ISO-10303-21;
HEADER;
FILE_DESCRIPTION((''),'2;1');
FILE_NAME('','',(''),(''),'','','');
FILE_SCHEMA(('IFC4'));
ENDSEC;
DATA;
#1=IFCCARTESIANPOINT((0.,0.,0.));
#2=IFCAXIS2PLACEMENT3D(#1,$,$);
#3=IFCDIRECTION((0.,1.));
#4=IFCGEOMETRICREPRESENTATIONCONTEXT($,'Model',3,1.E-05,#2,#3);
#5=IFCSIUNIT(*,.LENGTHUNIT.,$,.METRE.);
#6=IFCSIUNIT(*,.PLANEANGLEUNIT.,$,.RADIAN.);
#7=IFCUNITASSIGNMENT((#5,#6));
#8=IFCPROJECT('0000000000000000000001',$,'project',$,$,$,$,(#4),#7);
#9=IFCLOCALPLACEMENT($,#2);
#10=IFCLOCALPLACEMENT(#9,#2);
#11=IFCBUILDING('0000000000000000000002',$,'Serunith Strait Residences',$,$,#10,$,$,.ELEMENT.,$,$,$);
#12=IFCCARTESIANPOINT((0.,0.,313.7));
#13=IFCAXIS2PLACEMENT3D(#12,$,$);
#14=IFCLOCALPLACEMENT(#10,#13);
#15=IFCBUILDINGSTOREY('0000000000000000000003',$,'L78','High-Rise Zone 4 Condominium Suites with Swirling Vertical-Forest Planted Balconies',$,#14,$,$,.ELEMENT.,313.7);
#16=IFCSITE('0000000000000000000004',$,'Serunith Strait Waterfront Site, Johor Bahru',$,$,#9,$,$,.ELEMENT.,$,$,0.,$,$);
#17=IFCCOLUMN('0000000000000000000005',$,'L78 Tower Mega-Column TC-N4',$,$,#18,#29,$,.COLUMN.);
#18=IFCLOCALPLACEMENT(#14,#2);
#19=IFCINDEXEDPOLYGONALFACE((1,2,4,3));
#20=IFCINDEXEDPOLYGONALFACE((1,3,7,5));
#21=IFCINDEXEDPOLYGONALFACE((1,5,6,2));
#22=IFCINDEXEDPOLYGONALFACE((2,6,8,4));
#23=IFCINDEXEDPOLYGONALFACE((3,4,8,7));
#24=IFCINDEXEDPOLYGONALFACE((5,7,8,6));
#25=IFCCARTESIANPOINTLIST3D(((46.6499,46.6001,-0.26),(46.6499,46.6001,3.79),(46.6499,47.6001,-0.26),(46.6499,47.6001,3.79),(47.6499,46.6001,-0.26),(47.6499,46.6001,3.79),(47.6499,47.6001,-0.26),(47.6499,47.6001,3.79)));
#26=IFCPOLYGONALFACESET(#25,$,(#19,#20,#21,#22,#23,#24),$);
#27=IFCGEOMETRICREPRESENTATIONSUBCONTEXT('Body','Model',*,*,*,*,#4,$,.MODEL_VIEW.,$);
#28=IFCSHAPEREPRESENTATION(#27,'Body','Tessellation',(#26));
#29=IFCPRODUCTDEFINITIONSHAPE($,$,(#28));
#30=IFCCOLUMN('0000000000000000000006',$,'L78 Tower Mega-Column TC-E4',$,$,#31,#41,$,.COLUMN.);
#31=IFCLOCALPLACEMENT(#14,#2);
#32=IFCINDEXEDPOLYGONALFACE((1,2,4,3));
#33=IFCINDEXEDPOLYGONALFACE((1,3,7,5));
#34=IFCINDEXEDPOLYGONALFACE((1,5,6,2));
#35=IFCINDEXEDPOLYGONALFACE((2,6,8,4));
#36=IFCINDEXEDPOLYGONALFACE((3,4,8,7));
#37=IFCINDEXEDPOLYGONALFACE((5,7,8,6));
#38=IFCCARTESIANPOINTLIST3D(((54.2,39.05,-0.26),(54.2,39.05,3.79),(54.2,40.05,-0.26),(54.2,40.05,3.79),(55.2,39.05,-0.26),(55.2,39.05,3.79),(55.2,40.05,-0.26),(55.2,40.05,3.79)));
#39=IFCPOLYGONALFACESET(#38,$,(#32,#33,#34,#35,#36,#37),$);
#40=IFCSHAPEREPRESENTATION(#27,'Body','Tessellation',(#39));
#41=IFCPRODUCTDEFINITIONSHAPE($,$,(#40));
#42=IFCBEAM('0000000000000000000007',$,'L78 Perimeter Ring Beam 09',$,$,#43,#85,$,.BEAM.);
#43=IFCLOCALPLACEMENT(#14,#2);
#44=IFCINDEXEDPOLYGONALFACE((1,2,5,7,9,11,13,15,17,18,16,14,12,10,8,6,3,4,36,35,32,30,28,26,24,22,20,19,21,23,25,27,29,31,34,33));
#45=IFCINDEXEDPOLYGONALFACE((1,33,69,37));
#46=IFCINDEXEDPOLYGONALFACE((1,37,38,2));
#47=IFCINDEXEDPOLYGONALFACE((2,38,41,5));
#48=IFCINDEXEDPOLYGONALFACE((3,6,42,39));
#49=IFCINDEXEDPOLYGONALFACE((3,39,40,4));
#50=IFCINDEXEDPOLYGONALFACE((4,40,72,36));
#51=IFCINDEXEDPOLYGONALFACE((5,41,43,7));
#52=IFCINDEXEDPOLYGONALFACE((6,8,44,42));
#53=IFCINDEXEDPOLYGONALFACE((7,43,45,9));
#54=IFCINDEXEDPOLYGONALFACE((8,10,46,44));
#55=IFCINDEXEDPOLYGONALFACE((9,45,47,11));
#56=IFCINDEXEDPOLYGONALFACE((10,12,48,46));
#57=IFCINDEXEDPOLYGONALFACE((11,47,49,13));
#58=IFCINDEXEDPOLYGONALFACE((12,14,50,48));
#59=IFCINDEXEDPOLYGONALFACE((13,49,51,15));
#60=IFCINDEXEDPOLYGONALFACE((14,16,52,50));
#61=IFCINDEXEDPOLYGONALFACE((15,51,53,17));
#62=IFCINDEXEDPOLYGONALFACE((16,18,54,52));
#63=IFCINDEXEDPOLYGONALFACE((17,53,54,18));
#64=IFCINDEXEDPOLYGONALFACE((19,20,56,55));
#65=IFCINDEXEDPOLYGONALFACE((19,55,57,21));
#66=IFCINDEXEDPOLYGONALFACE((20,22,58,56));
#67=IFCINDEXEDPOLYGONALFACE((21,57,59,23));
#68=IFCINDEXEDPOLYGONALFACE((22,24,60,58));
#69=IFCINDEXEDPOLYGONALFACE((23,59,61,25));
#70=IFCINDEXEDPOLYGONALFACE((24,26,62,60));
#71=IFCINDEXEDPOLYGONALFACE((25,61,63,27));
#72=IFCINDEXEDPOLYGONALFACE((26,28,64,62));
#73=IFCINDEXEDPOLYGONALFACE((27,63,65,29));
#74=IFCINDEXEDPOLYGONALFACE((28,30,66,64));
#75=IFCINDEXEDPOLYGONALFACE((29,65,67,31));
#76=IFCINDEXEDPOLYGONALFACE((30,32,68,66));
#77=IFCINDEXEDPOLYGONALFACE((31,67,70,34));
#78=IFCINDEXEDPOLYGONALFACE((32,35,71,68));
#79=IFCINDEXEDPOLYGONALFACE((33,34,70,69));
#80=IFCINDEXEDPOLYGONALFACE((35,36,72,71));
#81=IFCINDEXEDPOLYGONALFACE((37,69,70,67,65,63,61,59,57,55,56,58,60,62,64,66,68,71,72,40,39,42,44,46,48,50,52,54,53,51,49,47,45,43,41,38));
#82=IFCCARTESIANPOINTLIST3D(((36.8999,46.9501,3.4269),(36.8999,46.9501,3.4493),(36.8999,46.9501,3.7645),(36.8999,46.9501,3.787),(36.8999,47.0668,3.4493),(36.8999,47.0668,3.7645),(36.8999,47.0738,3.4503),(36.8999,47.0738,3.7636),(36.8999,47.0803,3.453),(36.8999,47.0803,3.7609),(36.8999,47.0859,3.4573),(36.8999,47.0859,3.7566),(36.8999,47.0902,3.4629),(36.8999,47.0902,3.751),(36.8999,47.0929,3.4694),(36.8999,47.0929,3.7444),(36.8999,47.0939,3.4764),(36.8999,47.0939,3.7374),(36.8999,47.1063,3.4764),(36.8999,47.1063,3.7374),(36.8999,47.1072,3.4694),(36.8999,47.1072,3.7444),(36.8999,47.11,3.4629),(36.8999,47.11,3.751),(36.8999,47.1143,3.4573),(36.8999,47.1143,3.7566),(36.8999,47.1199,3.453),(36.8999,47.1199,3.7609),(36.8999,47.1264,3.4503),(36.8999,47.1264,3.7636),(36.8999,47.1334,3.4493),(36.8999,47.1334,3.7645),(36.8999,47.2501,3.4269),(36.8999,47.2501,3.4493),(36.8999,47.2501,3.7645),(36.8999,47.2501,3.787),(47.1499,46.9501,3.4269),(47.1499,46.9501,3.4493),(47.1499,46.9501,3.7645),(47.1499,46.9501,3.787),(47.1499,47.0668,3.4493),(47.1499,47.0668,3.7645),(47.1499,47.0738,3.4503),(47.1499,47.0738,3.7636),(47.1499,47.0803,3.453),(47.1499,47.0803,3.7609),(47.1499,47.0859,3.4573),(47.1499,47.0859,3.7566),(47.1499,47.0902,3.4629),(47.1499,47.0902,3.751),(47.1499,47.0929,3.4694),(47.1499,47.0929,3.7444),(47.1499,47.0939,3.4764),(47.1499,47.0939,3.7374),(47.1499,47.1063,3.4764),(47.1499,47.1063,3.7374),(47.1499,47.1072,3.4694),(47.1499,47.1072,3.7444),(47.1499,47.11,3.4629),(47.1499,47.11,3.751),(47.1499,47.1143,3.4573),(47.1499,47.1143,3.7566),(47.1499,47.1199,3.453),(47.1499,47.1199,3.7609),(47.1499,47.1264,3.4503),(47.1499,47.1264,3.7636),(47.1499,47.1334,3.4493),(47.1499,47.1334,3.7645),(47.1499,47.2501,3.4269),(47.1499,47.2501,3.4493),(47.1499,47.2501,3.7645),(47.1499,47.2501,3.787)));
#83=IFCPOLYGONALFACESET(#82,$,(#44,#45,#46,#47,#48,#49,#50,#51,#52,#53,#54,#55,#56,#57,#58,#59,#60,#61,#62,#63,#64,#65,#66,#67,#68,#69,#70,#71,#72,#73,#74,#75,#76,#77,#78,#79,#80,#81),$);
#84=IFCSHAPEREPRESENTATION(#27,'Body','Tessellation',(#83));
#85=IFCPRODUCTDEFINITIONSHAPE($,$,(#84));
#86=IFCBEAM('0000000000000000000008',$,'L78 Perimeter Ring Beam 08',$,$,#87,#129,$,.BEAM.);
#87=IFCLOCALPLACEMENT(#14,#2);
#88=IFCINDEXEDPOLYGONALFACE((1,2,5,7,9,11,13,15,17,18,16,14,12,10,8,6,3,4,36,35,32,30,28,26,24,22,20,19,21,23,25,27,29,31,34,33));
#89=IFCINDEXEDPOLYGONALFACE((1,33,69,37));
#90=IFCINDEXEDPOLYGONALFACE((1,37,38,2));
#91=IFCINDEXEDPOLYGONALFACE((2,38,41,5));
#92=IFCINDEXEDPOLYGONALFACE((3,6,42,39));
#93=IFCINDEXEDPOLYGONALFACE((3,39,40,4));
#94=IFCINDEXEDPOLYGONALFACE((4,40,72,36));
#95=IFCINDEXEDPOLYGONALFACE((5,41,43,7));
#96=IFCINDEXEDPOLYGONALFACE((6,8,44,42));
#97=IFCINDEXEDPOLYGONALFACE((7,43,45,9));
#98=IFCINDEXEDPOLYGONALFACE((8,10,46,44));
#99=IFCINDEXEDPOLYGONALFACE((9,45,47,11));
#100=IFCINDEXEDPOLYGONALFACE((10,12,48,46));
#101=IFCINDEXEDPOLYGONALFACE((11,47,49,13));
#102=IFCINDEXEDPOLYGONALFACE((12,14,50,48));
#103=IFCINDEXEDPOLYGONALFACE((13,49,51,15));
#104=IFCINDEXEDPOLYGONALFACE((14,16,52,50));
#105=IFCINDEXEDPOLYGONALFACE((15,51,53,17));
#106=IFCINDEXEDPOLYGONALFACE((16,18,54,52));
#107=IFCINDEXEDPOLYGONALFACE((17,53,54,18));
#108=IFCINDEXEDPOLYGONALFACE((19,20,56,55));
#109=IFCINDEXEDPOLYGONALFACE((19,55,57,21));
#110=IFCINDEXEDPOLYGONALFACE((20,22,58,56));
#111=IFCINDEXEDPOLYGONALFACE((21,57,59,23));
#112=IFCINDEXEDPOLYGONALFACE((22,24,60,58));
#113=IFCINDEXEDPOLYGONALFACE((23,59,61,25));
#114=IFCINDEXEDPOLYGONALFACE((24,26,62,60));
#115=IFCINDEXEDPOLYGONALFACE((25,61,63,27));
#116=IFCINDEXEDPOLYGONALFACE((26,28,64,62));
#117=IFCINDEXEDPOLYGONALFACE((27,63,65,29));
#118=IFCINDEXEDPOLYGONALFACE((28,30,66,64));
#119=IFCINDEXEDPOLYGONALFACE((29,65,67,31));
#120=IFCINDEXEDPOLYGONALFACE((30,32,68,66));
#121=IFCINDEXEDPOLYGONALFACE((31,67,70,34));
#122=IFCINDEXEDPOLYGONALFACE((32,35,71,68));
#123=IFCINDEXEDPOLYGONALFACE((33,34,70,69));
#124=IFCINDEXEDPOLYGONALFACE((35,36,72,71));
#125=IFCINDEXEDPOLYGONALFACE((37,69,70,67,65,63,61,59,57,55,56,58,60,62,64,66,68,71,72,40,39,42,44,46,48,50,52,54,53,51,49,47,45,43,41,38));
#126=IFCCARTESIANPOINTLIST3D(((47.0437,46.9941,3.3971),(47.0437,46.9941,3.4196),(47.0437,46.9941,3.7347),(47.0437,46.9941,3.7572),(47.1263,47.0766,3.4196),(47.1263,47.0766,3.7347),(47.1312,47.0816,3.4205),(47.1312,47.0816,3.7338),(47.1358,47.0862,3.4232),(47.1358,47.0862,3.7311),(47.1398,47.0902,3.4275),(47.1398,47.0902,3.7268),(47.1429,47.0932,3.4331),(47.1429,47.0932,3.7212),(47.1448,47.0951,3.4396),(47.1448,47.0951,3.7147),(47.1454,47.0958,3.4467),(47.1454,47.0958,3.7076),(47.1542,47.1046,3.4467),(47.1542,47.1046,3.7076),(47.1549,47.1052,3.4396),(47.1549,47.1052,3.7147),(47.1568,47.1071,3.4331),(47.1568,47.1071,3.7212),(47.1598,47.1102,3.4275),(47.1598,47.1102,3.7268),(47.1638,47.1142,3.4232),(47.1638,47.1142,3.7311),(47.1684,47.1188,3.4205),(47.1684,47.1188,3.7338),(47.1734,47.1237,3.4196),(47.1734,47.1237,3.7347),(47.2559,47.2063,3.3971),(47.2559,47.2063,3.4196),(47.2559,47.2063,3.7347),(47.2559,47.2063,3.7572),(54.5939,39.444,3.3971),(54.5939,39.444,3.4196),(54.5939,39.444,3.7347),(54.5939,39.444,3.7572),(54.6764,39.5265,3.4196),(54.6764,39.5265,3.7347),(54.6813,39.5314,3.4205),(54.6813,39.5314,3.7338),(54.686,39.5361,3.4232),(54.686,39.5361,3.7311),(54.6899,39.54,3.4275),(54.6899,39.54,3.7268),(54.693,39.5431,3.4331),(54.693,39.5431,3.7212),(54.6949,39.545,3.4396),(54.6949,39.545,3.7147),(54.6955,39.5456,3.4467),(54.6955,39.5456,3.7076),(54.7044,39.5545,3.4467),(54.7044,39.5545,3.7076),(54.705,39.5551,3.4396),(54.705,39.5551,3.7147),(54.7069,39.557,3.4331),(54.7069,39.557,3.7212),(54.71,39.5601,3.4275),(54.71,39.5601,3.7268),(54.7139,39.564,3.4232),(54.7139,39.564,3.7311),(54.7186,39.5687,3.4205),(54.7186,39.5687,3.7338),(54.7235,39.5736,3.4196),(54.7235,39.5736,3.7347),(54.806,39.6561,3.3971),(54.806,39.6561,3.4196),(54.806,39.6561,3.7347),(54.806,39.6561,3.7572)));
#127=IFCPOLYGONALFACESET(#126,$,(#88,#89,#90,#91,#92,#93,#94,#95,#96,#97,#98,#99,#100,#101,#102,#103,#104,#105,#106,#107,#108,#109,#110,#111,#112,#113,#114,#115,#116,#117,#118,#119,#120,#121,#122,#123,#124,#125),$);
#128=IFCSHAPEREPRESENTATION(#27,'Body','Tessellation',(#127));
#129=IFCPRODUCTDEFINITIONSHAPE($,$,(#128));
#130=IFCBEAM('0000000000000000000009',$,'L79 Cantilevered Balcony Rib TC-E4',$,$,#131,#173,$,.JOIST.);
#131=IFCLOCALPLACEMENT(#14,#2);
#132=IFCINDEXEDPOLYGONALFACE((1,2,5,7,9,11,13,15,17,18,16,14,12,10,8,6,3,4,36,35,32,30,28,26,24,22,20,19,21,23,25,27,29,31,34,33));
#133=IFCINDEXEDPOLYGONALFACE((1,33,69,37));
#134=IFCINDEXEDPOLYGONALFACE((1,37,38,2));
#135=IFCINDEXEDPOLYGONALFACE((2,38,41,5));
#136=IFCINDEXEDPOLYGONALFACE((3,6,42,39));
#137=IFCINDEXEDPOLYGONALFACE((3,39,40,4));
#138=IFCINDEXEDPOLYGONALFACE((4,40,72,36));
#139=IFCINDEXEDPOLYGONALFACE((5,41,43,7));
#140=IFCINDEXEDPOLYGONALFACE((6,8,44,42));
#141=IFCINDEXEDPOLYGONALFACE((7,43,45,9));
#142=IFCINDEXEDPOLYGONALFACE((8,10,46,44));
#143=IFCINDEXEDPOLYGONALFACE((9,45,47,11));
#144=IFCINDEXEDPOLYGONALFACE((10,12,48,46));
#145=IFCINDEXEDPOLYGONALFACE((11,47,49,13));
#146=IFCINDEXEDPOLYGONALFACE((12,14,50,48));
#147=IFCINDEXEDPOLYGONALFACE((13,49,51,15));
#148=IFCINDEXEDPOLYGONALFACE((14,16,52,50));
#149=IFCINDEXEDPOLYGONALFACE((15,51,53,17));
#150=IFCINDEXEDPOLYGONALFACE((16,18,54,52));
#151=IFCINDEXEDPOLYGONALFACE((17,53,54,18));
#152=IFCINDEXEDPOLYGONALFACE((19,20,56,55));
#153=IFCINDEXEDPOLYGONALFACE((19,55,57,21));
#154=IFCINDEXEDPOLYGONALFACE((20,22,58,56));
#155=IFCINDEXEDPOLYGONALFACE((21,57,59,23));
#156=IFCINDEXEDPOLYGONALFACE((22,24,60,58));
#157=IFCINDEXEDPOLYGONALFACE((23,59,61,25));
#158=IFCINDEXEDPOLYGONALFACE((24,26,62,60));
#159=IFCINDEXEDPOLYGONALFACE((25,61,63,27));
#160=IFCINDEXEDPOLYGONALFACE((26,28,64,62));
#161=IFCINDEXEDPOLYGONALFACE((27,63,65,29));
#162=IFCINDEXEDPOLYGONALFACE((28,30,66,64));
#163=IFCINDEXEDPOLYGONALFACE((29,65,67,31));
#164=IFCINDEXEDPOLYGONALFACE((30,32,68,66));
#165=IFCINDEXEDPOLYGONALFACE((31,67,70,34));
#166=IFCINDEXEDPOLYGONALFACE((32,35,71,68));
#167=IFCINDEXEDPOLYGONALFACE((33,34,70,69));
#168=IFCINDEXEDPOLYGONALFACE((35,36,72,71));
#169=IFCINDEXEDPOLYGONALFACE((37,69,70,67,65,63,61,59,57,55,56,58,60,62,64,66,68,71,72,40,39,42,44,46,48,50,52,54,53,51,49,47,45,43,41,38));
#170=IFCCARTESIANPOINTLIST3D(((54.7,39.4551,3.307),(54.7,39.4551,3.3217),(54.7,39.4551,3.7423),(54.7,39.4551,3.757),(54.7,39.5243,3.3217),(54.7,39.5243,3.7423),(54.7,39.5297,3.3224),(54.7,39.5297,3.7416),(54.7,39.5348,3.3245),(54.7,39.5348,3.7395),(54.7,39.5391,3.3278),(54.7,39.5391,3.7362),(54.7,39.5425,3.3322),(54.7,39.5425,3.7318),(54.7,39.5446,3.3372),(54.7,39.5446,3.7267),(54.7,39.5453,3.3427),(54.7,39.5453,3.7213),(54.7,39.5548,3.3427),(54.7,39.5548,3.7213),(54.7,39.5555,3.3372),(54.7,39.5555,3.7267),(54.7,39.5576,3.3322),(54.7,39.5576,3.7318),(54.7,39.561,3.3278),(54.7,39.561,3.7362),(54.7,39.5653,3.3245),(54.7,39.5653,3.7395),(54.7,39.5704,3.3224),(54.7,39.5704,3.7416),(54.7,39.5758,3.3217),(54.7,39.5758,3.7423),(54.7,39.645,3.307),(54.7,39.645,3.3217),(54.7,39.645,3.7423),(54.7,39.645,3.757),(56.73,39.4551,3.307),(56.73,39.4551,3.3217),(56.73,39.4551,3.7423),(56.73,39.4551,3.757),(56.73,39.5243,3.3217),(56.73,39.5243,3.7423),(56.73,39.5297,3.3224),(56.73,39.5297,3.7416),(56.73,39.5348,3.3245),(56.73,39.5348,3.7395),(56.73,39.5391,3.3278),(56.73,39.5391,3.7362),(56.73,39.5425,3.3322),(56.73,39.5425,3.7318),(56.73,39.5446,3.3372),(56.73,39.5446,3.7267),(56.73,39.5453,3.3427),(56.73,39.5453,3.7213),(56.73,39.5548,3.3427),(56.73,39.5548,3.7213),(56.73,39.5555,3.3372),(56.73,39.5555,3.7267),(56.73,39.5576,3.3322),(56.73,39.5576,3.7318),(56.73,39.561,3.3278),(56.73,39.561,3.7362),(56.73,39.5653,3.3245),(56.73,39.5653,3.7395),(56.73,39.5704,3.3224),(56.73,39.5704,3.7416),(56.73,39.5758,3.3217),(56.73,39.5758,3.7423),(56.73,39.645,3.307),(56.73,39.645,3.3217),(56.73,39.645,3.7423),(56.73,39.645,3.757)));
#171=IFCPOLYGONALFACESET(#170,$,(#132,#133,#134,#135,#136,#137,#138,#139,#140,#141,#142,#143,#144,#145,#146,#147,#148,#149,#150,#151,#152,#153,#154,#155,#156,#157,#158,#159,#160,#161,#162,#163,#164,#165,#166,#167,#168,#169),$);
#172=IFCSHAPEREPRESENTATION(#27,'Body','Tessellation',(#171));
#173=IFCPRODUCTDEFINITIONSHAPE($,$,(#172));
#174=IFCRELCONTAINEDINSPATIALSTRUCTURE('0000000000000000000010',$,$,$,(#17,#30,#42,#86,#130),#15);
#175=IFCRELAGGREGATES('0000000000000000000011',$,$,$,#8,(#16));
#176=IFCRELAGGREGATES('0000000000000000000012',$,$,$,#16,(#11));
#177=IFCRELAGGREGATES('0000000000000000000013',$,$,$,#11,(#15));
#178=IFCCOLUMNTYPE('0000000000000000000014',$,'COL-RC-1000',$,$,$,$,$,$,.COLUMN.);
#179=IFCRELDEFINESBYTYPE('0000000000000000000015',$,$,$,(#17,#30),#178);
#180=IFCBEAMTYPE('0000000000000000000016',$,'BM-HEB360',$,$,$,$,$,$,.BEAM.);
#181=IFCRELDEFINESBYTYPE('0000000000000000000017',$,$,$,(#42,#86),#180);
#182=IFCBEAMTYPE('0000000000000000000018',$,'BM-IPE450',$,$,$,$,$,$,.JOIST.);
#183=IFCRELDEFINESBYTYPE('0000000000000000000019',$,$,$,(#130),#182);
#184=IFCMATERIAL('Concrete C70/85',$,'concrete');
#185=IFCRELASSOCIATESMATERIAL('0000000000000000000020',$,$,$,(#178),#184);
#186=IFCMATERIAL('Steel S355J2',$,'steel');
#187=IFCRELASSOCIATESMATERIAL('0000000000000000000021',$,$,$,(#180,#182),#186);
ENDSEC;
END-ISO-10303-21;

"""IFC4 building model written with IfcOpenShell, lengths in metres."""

from ifc_helpers import new_model, si_unit, direction, frame, origin, origin_2d, place, context, subcontext, project, spatial, rectangle, i_section, extrude, source, transform, mapped, material, material_profile, profile_set, type_object, element, save


model = new_model("IFC4")

# Units and contexts
model_context = context("Model", 3, precision=1e-05, world=origin(), true_north=direction((0.0, 1.0)))
body_context = subcontext(model_context, "Body", "Model", "MODEL_VIEW")
ifc_project = project(units=[si_unit("LENGTHUNIT", "METRE"), si_unit("PLANEANGLEUNIT", "RADIAN")], contexts=[model_context])

# Site, building, storey
site_placement = place(None, origin())
site = spatial("IfcSite", under=ifc_project, at=site_placement, Name="Serunith Strait Waterfront Site, Johor Bahru", CompositionType="ELEMENT", RefElevation=0.0)
building_placement = place(site_placement, origin())
building = spatial("IfcBuilding", under=site, at=building_placement, Name="Serunith Strait Residences", CompositionType="ELEMENT")
storey_placement = place(building_placement, frame((0.0, 0.0, 313.7)))
storey = spatial("IfcBuildingStorey", under=building, at=storey_placement, Name="L78", Description="High-Rise Zone 4 Condominium Suites with Swirling Vertical-Forest Planted Balconies", CompositionType="ELEMENT", Elevation=313.7)

# Columns
ifc_material_1 = material(Name="Concrete C70/85", Category="concrete")
ifc_material_profile_1 = material_profile(ifc_material_1, rectangle(XDim=1.0, YDim=1.0, at=origin_2d()), Name="RC 1000x1000")
ifc_profile_set_1 = profile_set([ifc_material_profile_1], Name="Concrete C70/85")
column_type = type_object("IfcColumnType", Name="COL-RC-1000", PredefinedType="COLUMN", material=ifc_profile_set_1)
shared_shape_1 = source(origin(), body_context, "Body", "SweptSolid", [
    extrude(rectangle(XDim=1.0, YDim=1.0, at=origin_2d()), origin(), (0.0, 0.0, 1.0), 4.05),
])
for number, where, z_axis, x_axis, name in (
    (1, (47.1499, 47.1001, -0.26), (0.0, 0.0, 1.0), (1.0, 0.0, 0.0), "L78 Tower Mega-Column TC-N4"),
    (2, (54.7, 39.55, -0.26), (0.0, 0.0, 1.0), (1.0, 0.0, 0.0), "L78 Tower Mega-Column TC-E4"),
):
    element("IfcColumn", number, at=place(storey_placement, frame(where, z_axis=z_axis, x_axis=x_axis)), inside=storey, type_object=column_type, Name=name, PredefinedType="COLUMN", context=body_context, shape_type="MappedRepresentation", body=[
        mapped(shared_shape_1, transform((0.0, 0.0, 0.0), scale=1.0)),
    ])

# Beams
ifc_material_2 = material(Name="Steel S355J2", Category="steel")
ifc_material_profile_2 = material_profile(ifc_material_2, i_section(OverallWidth=0.3, OverallDepth=0.3601, WebThickness=0.0125, FlangeThickness=0.0225, FilletRadius=0.0271, at=origin_2d()), Name="HEB 360")
ifc_profile_set_2 = profile_set([ifc_material_profile_2], Name="Steel S355J2")
beam_type_1 = type_object("IfcBeamType", Name="BM-HEB360", PredefinedType="BEAM", material=ifc_profile_set_2)
shared_shape_2 = source(origin(), body_context, "Body", "SweptSolid", [
    extrude(i_section(OverallWidth=0.3, OverallDepth=0.3601, WebThickness=0.0125, FlangeThickness=0.0225, FilletRadius=0.0271, at=origin_2d()), origin(), (0.0, 0.0, 1.0), 10.25),
])
beam_1_placement = place(storey_placement, frame((47.1499, 47.1001, 3.6069), z_axis=(-1.0, 0.0, 0.0), x_axis=(0.0, -1.0, 0.0)))
element("IfcBeam", 3, at=beam_1_placement, inside=storey, type_object=beam_type_1, Name="L78 Perimeter Ring Beam 09", PredefinedType="BEAM", context=body_context, shape_type="MappedRepresentation", body=[
    mapped(shared_shape_2, transform((0.0, 0.0, 0.0), scale=1.0)),
])
shared_shape_3 = source(origin(), body_context, "Body", "SweptSolid", [
    extrude(i_section(OverallWidth=0.3, OverallDepth=0.3601, WebThickness=0.0125, FlangeThickness=0.0225, FilletRadius=0.0271, at=origin_2d()), origin(), (0.0, 0.0, 1.0), 10.6775),
])
beam_2_placement = place(storey_placement, frame((54.7, 39.55, 3.5771), z_axis=(-0.707107, 0.707107, 0.0), x_axis=(-0.707107, -0.707107, 0.0)))
element("IfcBeam", 4, at=beam_2_placement, inside=storey, type_object=beam_type_1, Name="L78 Perimeter Ring Beam 08", PredefinedType="BEAM", context=body_context, shape_type="MappedRepresentation", body=[
    mapped(shared_shape_3, transform((0.0, 0.0, 0.0), scale=1.0)),
])
ifc_material_profile_3 = material_profile(ifc_material_2, i_section(OverallWidth=0.1899, OverallDepth=0.45, WebThickness=0.0095, FlangeThickness=0.0146, FilletRadius=0.021, at=origin_2d()), Name="IPE 450")
ifc_profile_set_3 = profile_set([ifc_material_profile_3], Name="Steel S355J2")
beam_type_2 = type_object("IfcBeamType", Name="BM-IPE450", PredefinedType="JOIST", material=ifc_profile_set_3)
shared_shape_4 = source(origin(), body_context, "Body", "SweptSolid", [
    extrude(i_section(OverallWidth=0.1899, OverallDepth=0.45, WebThickness=0.0095, FlangeThickness=0.0146, FilletRadius=0.021, at=origin_2d()), origin(), (0.0, 0.0, 1.0), 2.03),
])
beam_3_placement = place(storey_placement, frame((54.7, 39.55, 3.532), z_axis=(1.0, 0.0, 0.0), x_axis=(0.0, 1.0, 0.0)))
element("IfcBeam", 5, at=beam_3_placement, inside=storey, type_object=beam_type_2, Name="L79 Cantilevered Balcony Rib TC-E4", PredefinedType="JOIST", context=body_context, shape_type="MappedRepresentation", body=[
    mapped(shared_shape_4, transform((0.0, 0.0, 0.0), scale=1.0)),
])

save(model, "model.ifc")
